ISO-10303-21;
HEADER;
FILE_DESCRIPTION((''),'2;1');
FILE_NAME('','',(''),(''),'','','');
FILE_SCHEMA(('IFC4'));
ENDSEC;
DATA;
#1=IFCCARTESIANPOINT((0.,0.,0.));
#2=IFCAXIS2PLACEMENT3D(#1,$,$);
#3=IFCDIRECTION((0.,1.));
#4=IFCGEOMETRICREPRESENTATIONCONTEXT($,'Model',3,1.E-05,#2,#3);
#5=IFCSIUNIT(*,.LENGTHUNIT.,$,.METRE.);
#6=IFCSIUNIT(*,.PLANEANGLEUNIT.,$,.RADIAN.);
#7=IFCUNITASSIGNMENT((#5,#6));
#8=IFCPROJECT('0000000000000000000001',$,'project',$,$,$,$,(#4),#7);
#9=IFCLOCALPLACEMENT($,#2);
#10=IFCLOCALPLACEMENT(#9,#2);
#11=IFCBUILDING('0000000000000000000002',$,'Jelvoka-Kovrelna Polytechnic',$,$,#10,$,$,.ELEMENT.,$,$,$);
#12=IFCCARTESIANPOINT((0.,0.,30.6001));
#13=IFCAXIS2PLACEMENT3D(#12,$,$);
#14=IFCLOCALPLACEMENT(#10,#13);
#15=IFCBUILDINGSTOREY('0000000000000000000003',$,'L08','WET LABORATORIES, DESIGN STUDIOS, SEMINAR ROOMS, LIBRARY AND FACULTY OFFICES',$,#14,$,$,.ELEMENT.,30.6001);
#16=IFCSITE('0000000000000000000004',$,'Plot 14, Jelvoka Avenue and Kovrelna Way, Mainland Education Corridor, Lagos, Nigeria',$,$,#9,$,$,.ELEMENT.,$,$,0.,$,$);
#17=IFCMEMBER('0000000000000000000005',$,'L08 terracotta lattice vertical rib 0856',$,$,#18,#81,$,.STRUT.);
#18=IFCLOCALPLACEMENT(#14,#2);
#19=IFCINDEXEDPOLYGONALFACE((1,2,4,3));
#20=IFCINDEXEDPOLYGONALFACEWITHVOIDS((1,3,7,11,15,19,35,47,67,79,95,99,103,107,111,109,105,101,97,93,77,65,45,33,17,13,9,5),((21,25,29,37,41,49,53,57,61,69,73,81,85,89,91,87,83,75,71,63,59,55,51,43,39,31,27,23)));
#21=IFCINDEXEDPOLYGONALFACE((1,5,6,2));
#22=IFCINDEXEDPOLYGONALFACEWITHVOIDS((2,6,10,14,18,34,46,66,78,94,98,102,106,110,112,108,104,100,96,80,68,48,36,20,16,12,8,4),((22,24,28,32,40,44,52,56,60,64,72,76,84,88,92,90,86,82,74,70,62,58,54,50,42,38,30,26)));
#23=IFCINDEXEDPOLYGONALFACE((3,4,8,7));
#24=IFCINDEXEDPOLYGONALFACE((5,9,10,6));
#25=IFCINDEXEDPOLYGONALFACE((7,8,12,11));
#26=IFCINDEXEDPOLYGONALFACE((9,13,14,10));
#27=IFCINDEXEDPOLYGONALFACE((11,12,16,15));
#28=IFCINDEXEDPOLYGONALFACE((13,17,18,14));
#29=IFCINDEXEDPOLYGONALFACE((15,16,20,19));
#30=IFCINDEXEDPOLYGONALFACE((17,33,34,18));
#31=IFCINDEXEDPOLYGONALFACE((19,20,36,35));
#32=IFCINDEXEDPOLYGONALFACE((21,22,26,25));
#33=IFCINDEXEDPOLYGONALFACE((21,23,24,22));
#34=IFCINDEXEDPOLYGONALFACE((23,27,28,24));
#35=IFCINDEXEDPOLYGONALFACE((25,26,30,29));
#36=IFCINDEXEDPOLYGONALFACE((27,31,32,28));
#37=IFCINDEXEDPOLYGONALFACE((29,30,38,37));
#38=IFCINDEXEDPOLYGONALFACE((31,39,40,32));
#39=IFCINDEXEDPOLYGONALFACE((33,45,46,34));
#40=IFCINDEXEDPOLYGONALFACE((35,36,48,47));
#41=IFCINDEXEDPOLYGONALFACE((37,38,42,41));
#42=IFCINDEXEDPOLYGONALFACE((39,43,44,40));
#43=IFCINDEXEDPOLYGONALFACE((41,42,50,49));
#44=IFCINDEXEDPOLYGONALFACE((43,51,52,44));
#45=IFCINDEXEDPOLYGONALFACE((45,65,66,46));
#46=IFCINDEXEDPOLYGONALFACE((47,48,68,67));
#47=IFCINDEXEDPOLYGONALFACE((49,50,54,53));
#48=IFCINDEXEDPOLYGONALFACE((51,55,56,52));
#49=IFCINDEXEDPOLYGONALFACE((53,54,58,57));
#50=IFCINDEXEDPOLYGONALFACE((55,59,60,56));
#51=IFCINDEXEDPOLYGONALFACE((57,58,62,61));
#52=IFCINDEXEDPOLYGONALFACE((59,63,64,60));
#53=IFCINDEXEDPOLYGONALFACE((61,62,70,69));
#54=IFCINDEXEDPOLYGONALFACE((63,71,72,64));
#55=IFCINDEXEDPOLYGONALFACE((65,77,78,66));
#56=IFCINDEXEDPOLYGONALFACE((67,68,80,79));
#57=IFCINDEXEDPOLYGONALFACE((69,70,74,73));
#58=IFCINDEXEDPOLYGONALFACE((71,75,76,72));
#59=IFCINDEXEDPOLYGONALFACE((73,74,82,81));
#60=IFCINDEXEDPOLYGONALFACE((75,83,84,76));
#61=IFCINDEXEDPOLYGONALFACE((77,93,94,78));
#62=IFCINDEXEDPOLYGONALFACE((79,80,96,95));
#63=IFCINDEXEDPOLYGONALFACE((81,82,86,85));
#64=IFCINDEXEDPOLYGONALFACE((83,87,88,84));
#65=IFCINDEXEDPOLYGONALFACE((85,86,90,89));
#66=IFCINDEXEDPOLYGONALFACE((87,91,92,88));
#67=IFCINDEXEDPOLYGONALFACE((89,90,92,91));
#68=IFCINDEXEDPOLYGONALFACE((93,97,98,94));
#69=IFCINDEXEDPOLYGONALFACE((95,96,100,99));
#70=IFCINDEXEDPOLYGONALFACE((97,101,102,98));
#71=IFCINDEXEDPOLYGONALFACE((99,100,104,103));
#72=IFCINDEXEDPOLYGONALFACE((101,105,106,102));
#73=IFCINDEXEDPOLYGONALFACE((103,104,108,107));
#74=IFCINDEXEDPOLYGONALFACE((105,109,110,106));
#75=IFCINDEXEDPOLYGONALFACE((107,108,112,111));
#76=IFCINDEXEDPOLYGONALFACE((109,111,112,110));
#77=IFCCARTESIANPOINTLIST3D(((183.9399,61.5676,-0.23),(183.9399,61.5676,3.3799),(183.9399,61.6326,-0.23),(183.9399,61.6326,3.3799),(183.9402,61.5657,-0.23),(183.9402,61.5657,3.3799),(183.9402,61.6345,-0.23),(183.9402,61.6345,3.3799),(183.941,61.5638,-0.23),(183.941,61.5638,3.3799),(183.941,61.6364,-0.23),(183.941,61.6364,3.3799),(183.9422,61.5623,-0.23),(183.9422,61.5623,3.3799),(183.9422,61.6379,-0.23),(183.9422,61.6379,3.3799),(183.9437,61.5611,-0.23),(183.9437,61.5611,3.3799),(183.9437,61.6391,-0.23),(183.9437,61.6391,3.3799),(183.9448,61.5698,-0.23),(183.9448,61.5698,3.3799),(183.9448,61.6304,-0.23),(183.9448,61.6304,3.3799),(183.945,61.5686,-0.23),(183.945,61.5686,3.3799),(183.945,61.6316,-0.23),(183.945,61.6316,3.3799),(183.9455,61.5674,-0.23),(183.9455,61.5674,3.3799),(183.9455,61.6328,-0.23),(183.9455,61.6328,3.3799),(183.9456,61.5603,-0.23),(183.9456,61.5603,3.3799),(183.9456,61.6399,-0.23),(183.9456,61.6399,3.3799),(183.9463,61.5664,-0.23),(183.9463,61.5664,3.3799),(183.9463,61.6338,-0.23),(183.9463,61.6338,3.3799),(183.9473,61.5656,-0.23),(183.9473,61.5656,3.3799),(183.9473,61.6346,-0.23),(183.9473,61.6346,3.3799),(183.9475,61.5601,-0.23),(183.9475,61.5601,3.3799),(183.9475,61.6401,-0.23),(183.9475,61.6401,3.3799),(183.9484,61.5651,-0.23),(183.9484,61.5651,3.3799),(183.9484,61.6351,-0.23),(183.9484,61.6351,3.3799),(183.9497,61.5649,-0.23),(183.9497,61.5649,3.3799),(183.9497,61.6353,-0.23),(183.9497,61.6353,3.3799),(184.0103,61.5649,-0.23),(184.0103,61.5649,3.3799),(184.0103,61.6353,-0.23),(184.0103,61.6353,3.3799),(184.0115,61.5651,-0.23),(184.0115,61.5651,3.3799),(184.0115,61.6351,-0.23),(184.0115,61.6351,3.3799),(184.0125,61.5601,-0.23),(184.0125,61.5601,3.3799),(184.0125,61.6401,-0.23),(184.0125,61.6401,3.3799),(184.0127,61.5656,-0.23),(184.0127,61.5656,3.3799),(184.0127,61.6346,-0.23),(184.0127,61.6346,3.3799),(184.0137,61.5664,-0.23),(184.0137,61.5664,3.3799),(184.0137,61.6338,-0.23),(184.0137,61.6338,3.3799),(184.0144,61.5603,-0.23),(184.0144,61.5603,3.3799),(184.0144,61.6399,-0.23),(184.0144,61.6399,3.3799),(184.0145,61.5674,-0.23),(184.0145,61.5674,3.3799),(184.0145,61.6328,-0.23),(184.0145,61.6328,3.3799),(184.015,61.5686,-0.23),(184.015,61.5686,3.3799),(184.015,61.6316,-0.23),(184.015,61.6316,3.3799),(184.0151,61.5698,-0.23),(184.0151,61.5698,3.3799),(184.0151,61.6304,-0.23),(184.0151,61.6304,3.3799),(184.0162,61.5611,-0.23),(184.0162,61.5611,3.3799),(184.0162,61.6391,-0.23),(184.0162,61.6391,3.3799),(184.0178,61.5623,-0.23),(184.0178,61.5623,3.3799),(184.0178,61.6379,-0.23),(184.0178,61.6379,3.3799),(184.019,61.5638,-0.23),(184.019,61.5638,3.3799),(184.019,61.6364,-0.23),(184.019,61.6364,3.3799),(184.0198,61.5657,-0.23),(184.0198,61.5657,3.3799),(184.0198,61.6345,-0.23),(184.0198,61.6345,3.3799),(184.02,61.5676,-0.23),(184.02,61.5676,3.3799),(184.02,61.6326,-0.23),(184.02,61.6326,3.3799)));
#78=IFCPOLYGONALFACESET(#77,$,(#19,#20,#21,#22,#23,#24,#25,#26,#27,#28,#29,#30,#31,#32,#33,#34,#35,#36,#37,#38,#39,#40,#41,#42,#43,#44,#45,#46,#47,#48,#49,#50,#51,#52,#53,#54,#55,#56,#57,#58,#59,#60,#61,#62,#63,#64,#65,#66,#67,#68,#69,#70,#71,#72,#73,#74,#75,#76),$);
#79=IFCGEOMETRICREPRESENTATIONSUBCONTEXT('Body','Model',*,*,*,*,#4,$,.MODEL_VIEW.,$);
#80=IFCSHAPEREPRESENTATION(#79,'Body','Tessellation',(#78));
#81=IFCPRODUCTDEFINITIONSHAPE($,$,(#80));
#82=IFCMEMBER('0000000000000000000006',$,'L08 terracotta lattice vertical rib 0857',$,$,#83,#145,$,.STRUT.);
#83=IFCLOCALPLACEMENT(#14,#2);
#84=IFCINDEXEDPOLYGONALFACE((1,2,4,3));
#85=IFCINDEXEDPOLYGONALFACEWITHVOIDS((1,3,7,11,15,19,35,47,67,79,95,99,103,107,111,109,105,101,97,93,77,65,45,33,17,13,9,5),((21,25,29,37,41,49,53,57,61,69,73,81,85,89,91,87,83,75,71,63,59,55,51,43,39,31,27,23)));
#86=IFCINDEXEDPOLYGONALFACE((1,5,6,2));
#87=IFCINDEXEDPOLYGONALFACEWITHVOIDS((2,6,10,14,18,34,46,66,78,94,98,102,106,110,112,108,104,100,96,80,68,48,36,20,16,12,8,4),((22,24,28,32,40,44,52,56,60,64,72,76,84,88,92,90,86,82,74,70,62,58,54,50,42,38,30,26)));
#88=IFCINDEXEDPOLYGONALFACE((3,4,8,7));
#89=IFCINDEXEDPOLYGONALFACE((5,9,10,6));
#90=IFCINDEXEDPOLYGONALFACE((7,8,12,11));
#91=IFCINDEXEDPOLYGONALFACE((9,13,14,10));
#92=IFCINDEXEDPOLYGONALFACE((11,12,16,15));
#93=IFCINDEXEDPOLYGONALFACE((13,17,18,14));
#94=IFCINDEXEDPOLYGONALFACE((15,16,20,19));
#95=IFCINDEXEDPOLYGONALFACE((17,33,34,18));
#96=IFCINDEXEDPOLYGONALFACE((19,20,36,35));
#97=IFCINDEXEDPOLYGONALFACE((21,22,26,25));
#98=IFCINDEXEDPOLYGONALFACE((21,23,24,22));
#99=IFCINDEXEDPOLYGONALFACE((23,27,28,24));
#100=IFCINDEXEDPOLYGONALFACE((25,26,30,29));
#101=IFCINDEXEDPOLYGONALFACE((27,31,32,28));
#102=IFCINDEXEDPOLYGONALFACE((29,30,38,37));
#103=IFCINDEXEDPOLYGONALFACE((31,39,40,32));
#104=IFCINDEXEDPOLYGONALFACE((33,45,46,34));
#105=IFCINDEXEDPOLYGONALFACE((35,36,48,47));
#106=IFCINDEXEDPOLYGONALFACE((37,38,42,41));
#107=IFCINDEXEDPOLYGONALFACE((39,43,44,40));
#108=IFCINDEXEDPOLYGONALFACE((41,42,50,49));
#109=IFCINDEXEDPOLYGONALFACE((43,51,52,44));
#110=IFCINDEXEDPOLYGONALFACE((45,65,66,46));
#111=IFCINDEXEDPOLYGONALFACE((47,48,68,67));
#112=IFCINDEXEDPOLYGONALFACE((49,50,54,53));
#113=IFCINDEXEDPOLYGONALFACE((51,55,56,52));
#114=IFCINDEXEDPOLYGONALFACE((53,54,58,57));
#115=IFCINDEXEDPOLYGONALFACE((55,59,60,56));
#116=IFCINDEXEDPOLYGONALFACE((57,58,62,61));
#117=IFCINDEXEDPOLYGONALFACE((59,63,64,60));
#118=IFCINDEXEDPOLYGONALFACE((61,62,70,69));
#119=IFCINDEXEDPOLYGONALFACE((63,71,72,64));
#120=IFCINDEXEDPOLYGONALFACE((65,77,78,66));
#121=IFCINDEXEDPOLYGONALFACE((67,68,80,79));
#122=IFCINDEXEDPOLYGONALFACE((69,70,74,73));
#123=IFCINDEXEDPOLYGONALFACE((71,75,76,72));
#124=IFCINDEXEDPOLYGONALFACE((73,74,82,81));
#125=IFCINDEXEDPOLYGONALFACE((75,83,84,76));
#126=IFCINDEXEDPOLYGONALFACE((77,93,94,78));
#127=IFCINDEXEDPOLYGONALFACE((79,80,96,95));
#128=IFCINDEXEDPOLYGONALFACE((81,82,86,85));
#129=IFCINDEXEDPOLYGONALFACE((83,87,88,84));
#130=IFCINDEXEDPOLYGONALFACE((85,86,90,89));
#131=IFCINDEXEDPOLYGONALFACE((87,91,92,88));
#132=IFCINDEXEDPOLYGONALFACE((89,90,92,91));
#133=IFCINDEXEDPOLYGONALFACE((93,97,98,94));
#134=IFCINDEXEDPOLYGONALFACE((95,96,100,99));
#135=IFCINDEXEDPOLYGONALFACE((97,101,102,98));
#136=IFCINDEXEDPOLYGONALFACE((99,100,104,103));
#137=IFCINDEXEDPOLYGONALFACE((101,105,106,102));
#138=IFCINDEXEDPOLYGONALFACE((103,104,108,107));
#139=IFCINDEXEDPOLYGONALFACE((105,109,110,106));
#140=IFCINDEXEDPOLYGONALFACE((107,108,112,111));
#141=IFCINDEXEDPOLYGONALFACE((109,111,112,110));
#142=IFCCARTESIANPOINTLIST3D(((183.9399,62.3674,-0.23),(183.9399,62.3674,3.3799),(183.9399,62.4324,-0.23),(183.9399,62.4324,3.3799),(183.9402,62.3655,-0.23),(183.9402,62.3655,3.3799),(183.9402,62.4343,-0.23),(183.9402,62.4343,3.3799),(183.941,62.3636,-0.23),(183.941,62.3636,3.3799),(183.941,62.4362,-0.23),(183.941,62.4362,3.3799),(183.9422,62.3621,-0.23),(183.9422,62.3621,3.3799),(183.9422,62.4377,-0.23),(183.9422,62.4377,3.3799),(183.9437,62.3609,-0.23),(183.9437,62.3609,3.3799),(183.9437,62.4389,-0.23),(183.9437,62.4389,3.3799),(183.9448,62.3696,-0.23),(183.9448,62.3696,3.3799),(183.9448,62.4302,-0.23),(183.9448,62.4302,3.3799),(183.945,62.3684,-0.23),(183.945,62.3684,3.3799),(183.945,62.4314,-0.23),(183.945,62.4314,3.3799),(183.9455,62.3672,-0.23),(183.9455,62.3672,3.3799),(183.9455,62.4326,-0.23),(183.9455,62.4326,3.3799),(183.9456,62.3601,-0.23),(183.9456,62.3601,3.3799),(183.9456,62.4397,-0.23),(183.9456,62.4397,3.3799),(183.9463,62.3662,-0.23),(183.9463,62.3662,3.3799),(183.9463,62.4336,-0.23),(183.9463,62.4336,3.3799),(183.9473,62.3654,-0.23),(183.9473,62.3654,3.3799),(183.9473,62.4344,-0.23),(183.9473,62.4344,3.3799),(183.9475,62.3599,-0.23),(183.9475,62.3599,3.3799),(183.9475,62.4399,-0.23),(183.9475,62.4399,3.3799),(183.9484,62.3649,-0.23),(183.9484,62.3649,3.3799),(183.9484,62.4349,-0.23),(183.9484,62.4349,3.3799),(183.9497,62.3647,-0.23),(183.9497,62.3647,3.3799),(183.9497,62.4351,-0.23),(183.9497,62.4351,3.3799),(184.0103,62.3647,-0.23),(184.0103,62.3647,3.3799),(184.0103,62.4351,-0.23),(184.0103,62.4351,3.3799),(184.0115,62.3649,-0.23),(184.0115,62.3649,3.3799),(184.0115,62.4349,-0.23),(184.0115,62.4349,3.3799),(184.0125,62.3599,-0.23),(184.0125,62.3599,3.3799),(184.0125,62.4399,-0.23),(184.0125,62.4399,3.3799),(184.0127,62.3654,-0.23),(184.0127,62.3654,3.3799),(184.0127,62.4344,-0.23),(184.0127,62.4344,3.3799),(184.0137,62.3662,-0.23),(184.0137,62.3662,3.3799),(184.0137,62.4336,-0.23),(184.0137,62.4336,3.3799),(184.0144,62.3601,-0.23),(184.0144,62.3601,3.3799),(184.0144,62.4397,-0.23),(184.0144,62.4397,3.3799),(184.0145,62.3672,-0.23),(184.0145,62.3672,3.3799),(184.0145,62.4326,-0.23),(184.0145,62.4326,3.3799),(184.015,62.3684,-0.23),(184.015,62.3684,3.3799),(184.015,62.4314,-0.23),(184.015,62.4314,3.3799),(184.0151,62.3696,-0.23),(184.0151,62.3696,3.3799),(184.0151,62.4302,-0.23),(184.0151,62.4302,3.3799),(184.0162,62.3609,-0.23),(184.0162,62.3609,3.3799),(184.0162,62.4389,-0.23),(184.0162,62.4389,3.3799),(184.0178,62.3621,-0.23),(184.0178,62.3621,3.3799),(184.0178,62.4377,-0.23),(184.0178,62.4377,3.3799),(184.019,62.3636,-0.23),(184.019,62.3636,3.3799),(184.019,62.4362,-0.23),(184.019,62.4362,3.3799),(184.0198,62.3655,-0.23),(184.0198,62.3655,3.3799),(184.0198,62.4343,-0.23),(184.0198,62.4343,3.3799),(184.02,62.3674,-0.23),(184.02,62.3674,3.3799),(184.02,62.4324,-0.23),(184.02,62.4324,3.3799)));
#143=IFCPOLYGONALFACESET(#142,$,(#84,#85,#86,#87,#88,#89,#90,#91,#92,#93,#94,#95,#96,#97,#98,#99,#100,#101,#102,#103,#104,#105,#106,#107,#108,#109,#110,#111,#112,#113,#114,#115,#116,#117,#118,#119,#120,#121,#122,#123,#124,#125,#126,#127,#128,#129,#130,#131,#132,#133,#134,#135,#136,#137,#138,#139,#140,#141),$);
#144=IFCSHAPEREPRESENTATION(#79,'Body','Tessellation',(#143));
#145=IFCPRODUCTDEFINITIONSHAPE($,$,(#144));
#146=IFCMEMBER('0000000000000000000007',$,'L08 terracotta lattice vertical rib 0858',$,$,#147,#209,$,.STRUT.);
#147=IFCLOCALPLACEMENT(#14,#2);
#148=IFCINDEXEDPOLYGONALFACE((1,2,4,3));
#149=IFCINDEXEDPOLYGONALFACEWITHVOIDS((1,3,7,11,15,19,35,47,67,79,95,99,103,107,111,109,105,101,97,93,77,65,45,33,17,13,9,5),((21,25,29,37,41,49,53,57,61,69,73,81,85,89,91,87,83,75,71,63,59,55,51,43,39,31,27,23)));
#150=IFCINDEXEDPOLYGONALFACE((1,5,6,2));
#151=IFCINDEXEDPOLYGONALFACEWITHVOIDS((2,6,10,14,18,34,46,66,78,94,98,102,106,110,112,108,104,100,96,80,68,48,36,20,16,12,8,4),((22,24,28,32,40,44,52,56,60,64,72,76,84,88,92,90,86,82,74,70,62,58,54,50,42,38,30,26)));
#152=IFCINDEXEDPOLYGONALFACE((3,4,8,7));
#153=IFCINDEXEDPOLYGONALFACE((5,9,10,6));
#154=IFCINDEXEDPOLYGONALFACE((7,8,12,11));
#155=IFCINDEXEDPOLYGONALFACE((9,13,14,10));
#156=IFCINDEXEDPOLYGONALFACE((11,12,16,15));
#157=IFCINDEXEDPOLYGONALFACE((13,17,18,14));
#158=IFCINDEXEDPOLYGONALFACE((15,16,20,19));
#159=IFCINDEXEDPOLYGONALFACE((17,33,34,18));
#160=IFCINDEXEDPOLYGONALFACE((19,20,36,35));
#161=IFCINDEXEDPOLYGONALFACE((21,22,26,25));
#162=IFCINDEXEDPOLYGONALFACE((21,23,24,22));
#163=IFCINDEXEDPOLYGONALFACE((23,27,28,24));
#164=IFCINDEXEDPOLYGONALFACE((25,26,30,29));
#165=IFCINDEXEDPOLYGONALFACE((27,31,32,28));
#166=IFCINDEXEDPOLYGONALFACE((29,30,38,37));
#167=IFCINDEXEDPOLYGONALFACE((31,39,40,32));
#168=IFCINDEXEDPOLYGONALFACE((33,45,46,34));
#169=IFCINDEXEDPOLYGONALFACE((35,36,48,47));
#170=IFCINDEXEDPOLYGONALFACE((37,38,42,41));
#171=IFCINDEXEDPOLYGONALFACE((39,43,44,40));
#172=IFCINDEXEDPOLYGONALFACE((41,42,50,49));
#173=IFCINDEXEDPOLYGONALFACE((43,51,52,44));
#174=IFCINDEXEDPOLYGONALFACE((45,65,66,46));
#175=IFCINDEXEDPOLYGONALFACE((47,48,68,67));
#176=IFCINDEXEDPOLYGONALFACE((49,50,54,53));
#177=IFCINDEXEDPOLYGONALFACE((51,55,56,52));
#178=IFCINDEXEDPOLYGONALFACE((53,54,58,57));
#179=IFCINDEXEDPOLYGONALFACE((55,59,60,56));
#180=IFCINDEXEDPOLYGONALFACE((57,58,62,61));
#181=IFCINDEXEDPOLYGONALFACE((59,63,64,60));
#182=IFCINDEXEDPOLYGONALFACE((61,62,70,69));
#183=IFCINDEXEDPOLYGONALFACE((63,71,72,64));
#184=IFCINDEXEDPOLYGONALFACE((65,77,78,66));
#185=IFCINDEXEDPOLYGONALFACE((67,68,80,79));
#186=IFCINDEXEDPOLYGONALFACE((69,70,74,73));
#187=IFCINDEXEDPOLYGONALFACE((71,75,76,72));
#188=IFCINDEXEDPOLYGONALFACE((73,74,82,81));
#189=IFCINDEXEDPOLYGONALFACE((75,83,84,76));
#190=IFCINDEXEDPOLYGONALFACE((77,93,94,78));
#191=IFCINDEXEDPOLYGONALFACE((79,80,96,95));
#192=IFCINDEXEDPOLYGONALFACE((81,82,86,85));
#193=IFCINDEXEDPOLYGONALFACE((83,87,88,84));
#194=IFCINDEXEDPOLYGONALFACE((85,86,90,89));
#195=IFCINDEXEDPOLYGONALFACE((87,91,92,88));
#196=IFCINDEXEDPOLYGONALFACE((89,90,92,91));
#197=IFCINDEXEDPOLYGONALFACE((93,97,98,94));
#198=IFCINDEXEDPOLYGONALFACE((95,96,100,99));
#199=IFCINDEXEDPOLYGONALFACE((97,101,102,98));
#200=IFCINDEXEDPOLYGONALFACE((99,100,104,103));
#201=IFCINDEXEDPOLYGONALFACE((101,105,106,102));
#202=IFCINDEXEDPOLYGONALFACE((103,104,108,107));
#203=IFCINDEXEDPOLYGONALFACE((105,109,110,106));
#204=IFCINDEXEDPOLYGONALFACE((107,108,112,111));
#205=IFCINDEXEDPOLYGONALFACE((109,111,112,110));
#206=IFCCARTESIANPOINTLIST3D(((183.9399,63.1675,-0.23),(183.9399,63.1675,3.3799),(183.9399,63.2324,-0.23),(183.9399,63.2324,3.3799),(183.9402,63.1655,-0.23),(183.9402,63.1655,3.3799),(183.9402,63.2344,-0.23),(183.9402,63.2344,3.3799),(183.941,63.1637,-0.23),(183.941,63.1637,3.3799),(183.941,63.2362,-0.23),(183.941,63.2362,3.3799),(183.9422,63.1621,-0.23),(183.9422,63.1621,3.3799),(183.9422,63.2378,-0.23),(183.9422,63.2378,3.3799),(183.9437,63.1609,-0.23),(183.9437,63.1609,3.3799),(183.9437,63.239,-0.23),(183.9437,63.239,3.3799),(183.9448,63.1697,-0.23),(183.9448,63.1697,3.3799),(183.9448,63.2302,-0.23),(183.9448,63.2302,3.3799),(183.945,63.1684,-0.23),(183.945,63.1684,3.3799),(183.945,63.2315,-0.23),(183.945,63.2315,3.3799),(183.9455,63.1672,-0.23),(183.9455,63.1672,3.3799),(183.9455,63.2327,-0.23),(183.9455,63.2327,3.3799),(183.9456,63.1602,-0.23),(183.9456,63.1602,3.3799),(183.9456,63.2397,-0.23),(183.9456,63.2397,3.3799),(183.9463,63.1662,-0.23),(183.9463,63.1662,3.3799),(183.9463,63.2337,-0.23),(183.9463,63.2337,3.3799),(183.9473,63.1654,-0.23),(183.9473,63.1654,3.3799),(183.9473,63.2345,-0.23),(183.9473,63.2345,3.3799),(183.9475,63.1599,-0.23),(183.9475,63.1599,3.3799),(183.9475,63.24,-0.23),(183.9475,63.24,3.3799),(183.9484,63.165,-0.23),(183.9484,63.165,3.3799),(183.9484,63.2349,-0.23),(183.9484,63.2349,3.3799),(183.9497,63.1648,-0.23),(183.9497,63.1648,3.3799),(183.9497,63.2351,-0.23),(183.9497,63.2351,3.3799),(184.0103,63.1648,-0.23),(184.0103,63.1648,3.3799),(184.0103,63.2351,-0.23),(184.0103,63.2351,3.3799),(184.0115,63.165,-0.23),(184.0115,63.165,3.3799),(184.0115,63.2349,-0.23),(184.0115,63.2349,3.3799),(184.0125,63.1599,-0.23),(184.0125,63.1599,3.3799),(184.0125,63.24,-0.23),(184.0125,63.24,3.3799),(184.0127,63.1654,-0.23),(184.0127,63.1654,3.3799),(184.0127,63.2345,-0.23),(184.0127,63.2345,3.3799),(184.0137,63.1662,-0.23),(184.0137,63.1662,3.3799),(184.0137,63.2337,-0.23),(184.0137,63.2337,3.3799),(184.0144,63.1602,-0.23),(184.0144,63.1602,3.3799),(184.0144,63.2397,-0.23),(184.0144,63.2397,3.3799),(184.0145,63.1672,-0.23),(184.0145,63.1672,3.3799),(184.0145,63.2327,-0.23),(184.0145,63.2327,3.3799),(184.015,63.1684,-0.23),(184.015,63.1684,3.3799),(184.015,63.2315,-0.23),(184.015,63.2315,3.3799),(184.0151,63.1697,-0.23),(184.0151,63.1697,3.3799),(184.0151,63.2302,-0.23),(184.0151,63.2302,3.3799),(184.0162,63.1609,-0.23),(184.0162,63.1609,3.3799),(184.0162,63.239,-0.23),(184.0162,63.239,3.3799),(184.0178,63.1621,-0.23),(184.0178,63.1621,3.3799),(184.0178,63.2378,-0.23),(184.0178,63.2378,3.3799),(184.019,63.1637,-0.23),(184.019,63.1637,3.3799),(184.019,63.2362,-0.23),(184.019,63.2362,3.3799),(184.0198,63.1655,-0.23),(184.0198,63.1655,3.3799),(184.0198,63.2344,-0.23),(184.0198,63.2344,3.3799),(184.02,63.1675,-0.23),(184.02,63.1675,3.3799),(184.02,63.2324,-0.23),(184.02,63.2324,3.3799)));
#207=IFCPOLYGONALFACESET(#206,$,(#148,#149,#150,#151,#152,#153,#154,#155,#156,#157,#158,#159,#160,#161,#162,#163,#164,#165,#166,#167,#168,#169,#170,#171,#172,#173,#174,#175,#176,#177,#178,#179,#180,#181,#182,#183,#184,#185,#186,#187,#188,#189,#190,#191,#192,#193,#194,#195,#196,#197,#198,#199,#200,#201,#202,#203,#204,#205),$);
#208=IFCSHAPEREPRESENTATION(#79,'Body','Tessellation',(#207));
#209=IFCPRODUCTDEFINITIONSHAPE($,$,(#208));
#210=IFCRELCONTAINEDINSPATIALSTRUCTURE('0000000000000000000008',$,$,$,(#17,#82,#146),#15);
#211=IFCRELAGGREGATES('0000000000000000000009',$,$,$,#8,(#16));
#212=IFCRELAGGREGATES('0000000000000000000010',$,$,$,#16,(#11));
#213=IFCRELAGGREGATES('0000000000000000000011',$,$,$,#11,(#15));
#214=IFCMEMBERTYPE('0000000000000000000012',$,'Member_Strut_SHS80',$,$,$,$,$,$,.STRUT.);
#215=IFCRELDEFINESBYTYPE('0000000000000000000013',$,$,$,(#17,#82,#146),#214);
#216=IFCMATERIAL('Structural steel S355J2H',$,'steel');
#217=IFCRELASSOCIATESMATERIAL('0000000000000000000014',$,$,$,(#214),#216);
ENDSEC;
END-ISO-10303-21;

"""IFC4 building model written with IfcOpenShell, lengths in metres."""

from ifc_helpers import new_model, si_unit, direction, frame, origin, origin_2d, place, context, subcontext, project, spatial, hollow_rectangle, extrude, material, material_profile, profile_set, type_object, element, save


model = new_model("IFC4")

# Units and contexts
model_context = context("Model", 3, precision=1e-05, world=origin(), true_north=direction((0.0, 1.0)))
body_context = subcontext(model_context, "Body", "Model", "MODEL_VIEW")
ifc_project = project(units=[si_unit("LENGTHUNIT", "METRE"), si_unit("PLANEANGLEUNIT", "RADIAN")], contexts=[model_context])

# Site, building, storey
site_placement = place(None, origin())
site = spatial("IfcSite", under=ifc_project, at=site_placement, Name="Plot 14, Jelvoka Avenue and Kovrelna Way, Mainland Education Corridor, Lagos, Nigeria", CompositionType="ELEMENT", RefElevation=0.0)
building_placement = place(site_placement, origin())
building = spatial("IfcBuilding", under=site, at=building_placement, Name="Jelvoka-Kovrelna Polytechnic", CompositionType="ELEMENT")
storey_placement = place(building_placement, frame((0.0, 0.0, 30.6001)))
storey = spatial("IfcBuildingStorey", under=building, at=storey_placement, Name="L08", Description="WET LABORATORIES, DESIGN STUDIOS, SEMINAR ROOMS, LIBRARY AND FACULTY OFFICES", CompositionType="ELEMENT", Elevation=30.6001)

# Members
ifc_material_1 = material(Name="Structural steel S355J2H", Category="steel")
ifc_material_profile_1 = material_profile(ifc_material_1, hollow_rectangle(XDim=0.0801, YDim=0.0801, WallThickness=0.0049, InnerFilletRadius=0.0049, OuterFilletRadius=0.0076, at=origin_2d()), Name="80x80x5.0 SHS")
ifc_profile_set_1 = profile_set([ifc_material_profile_1], Name="Structural steel S355J2H")
member_type_1 = type_object("IfcMemberType", Name="Member_Strut_SHS80", PredefinedType="STRUT", material=ifc_profile_set_1)
for number, where, z_axis, x_axis, name in (
    (1, (183.98, 61.6001, -0.23), (0.0, 0.0, 1.0), (1.0, 0.0, 0.0), "L08 terracotta lattice vertical rib 0856"),
    (2, (183.98, 62.3999, -0.23), (0.0, 0.0, 1.0), (1.0, 0.0, 0.0), "L08 terracotta lattice vertical rib 0857"),
    (3, (183.98, 63.2, -0.23), (0.0, 0.0, 1.0), (1.0, 0.0, 0.0), "L08 terracotta lattice vertical rib 0858"),
):
    element("IfcMember", number, at=place(storey_placement, frame(where, z_axis=z_axis, x_axis=x_axis)), inside=storey, type_object=member_type_1, Name=name, PredefinedType="STRUT", context=body_context, shape_type="SweptSolid", body=[
        extrude(hollow_rectangle(XDim=0.0801, YDim=0.0801, WallThickness=0.0049, InnerFilletRadius=0.0049, OuterFilletRadius=0.0076, at=origin_2d()), origin(), (0.0, 0.0, 1.0), 3.6099),
    ])

save(model, "model.ifc")
